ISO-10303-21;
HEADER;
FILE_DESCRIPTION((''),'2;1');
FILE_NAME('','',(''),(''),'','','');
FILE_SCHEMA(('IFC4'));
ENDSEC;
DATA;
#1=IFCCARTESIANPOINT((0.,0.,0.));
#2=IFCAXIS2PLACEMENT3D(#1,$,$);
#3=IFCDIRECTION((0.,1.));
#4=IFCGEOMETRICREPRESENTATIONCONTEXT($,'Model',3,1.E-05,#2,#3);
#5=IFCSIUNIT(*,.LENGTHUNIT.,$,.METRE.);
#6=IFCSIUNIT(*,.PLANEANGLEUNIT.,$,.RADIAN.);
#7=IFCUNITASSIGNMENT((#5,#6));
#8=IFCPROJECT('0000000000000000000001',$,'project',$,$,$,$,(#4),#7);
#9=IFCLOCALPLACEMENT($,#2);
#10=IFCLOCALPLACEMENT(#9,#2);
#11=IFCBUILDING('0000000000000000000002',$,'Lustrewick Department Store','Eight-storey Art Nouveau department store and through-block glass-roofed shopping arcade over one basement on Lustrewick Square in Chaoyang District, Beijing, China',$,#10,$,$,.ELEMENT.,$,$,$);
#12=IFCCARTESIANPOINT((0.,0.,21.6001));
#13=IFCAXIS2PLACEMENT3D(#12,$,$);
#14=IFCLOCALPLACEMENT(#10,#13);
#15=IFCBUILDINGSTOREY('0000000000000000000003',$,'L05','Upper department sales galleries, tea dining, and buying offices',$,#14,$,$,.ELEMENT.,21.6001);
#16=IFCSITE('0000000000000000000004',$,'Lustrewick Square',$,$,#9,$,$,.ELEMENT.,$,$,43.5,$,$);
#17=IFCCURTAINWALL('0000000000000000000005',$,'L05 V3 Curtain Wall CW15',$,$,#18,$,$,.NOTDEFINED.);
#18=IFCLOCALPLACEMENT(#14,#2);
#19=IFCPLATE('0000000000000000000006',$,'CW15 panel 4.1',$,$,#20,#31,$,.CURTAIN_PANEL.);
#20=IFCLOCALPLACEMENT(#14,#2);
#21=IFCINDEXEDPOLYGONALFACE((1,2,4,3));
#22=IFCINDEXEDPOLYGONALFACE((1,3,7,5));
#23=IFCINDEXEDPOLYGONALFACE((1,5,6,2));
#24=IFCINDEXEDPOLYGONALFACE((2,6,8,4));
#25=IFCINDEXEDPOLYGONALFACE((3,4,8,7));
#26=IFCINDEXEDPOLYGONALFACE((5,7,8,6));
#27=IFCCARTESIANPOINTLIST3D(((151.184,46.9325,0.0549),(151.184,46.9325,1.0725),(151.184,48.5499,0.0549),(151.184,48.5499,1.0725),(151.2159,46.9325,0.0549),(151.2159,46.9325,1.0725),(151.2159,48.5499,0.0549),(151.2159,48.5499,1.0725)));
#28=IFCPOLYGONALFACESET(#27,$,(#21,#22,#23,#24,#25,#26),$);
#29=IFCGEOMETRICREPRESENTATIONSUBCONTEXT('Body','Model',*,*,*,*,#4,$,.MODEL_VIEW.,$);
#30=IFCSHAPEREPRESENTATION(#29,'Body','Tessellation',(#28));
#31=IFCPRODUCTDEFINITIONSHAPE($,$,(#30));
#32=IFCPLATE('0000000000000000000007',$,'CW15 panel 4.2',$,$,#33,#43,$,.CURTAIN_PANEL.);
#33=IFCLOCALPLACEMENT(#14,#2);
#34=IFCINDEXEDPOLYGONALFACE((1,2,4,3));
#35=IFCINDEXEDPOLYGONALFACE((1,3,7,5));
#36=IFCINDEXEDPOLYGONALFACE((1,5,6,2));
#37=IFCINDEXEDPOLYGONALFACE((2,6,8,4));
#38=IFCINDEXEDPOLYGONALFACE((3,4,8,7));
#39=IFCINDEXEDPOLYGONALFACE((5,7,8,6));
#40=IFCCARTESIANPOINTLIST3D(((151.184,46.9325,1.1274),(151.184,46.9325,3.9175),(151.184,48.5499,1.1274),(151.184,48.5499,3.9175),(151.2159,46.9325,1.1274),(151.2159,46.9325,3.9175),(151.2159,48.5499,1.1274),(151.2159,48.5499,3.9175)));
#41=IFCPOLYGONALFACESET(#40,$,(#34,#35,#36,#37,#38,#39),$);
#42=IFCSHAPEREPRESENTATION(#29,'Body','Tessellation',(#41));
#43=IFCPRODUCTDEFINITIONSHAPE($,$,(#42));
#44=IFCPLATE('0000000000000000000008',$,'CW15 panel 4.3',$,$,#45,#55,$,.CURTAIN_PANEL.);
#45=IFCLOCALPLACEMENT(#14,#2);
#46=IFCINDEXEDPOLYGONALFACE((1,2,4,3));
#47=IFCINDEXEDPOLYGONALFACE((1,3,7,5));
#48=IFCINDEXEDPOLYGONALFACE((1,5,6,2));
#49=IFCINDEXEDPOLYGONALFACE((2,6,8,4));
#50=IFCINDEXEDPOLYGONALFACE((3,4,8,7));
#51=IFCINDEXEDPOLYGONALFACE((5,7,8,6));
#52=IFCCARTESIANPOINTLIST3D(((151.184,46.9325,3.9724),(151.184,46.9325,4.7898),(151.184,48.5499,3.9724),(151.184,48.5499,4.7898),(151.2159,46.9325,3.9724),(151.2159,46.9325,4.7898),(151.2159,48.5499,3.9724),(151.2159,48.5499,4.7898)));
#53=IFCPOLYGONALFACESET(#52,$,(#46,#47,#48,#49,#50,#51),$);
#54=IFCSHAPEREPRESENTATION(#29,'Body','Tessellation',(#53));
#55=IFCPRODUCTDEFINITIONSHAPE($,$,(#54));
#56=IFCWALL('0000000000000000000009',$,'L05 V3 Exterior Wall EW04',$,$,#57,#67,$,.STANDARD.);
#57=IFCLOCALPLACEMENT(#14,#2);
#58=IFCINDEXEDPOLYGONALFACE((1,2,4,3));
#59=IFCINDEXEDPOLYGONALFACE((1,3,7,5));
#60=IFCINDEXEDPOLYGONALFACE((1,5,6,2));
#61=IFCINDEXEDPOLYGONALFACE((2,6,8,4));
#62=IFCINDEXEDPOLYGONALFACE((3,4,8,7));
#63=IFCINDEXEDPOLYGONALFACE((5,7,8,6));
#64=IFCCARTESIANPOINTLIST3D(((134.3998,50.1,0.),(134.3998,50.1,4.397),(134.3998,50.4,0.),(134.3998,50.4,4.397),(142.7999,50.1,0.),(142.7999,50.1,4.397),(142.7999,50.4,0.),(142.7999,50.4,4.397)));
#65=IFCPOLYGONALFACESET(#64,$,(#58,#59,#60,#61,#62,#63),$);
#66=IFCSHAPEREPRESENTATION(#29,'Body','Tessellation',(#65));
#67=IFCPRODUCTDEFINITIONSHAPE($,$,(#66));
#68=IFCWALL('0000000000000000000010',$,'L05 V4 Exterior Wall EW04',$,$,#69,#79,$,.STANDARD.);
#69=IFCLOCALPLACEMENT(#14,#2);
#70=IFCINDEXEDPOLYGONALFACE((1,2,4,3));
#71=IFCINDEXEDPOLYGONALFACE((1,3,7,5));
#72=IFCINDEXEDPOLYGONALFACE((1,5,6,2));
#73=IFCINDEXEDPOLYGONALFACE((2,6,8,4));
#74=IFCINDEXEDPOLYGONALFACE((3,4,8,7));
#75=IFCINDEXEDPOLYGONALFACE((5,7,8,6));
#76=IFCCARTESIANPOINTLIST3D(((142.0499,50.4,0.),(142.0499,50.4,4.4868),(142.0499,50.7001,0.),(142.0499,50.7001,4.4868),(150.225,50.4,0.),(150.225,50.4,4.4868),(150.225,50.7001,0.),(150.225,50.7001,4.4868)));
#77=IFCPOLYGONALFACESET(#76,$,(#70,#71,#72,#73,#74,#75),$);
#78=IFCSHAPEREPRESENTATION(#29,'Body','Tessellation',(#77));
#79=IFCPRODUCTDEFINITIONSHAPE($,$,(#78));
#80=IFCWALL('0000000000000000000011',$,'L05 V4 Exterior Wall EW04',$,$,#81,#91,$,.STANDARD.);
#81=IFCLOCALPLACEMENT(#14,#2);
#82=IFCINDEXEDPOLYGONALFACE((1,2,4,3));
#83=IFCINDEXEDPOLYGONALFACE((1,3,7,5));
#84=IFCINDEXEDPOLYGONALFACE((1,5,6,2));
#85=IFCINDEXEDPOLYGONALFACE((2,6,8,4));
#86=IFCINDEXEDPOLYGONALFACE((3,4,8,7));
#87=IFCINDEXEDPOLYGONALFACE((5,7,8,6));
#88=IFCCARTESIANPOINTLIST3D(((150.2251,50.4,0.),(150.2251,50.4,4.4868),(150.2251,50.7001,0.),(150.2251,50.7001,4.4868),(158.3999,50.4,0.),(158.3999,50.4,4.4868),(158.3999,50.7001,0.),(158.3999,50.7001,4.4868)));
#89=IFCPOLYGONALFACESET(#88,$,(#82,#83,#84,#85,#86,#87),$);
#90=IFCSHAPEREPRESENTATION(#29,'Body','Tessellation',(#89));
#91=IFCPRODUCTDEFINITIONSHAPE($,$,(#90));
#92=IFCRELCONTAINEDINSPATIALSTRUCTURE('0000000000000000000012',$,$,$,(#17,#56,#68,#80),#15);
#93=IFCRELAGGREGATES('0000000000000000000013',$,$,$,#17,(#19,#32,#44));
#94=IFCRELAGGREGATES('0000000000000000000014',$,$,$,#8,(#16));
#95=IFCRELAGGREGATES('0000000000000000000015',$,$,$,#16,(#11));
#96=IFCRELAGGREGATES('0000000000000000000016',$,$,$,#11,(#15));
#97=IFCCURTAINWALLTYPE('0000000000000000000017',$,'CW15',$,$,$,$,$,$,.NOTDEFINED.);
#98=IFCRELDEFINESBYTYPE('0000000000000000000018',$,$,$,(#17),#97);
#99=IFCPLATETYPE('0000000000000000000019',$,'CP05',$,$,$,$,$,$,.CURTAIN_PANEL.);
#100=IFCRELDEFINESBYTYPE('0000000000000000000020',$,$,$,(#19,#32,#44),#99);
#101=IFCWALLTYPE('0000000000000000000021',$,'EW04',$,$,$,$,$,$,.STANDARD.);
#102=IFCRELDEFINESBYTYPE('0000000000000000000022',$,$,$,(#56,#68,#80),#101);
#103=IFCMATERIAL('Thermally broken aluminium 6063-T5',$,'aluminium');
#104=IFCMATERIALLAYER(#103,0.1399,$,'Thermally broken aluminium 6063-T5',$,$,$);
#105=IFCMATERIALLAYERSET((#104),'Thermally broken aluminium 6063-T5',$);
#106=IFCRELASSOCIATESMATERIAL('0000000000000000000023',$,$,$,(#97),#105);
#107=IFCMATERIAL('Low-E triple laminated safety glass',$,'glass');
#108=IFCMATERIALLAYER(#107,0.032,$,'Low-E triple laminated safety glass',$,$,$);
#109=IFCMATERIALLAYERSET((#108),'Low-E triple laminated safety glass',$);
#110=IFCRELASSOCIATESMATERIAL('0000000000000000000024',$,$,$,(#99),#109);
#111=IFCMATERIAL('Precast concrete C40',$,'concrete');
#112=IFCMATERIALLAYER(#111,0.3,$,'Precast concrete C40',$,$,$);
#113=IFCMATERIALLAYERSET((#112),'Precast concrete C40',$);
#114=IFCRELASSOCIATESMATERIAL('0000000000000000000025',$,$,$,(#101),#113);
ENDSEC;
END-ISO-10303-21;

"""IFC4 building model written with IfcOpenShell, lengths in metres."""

from ifc_helpers import new_model, si_unit, direction, frame, frame_2d, origin, origin_2d, place, context, subcontext, project, spatial, rectangle, extrude, material, layer, layer_set, type_object, element, aggregate, save


model = new_model("IFC4")

# Units and contexts
model_context = context("Model", 3, precision=1e-05, world=origin(), true_north=direction((0.0, 1.0)))
body_context = subcontext(model_context, "Body", "Model", "MODEL_VIEW")
ifc_project = project(units=[si_unit("LENGTHUNIT", "METRE"), si_unit("PLANEANGLEUNIT", "RADIAN")], contexts=[model_context])

# Site, building, storey
site_placement = place(None, origin())
site = spatial("IfcSite", under=ifc_project, at=site_placement, Name="Lustrewick Square", CompositionType="ELEMENT", RefElevation=43.5)
building_placement = place(site_placement, origin())
building = spatial("IfcBuilding", under=site, at=building_placement, Name="Lustrewick Department Store", Description="Eight-storey Art Nouveau department store and through-block glass-roofed shopping arcade over one basement on Lustrewick Square in Chaoyang District, Beijing, China", CompositionType="ELEMENT")
storey_placement = place(building_placement, frame((0.0, 0.0, 21.6001)))
storey = spatial("IfcBuildingStorey", under=building, at=storey_placement, Name="L05", Description="Upper department sales galleries, tea dining, and buying offices", CompositionType="ELEMENT", Elevation=21.6001)

# Curtain wall
ifc_material_1 = material(Name="Thermally broken aluminium 6063-T5", Category="aluminium")
ifc_layer_1 = layer(ifc_material_1, 0.1399, Name="Thermally broken aluminium 6063-T5")
ifc_layer_set_1 = layer_set([ifc_layer_1], Name="Thermally broken aluminium 6063-T5")
curtain_wall_type = type_object("IfcCurtainWallType", Name="CW15", PredefinedType="NOTDEFINED", material=ifc_layer_set_1)
curtain_wall_placement = place(storey_placement, origin())
curtain_wall = element("IfcCurtainWall", 1, at=curtain_wall_placement, inside=storey, type_object=curtain_wall_type, Name="L05 V3 Curtain Wall CW15", PredefinedType="NOTDEFINED")

# Plates
ifc_material_2 = material(Name="Low-E triple laminated safety glass", Category="glass")
ifc_layer_2 = layer(ifc_material_2, 0.032, Name="Low-E triple laminated safety glass")
ifc_layer_set_2 = layer_set([ifc_layer_2], Name="Low-E triple laminated safety glass")
plate_type = type_object("IfcPlateType", Name="CP05", PredefinedType="CURTAIN_PANEL", material=ifc_layer_set_2)
plate_1_placement = place(storey_placement, frame((151.2, 47.7412, 0.0549), z_axis=(0.0, 0.0, 1.0), x_axis=(0.0, 1.0, 0.0)))
plate_1 = element("IfcPlate", 2, at=plate_1_placement, type_object=plate_type, Name="CW15 panel 4.1", PredefinedType="CURTAIN_PANEL", context=body_context, shape_type="SweptSolid", body=[
    extrude(rectangle(XDim=1.6174, YDim=0.032, at=origin_2d()), origin(), (0.0, 0.0, 1.0), 1.0176),
])
plate_2_placement = place(storey_placement, frame((151.2, 47.7412, 1.1274), z_axis=(0.0, 0.0, 1.0), x_axis=(0.0, 1.0, 0.0)))
plate_2 = element("IfcPlate", 3, at=plate_2_placement, type_object=plate_type, Name="CW15 panel 4.2", PredefinedType="CURTAIN_PANEL", context=body_context, shape_type="SweptSolid", body=[
    extrude(rectangle(XDim=1.6174, YDim=0.032, at=origin_2d()), origin(), (0.0, 0.0, 1.0), 2.79),
])
plate_3_placement = place(storey_placement, frame((151.2, 47.7412, 3.9724), z_axis=(0.0, 0.0, 1.0), x_axis=(0.0, 1.0, 0.0)))
plate_3 = element("IfcPlate", 4, at=plate_3_placement, type_object=plate_type, Name="CW15 panel 4.3", PredefinedType="CURTAIN_PANEL", context=body_context, shape_type="SweptSolid", body=[
    extrude(rectangle(XDim=1.6174, YDim=0.032, at=origin_2d()), origin(), (0.0, 0.0, 1.0), 0.8174),
])
aggregate(curtain_wall, [plate_1, plate_2, plate_3])

# Walls
ifc_material_3 = material(Name="Precast concrete C40", Category="concrete")
ifc_layer_3 = layer(ifc_material_3, 0.3, Name="Precast concrete C40")
ifc_layer_set_3 = layer_set([ifc_layer_3], Name="Precast concrete C40")
wall_type_1 = type_object("IfcWallType", Name="EW04", PredefinedType="STANDARD", material=ifc_layer_set_3)
wall_1_placement = place(storey_placement, frame((142.8, 50.25, 0.0), z_axis=(0.0, 0.0, 1.0), x_axis=(-1.0, 0.0, 0.0)))
element("IfcWall", 5, at=wall_1_placement, inside=storey, type_object=wall_type_1, Name="L05 V3 Exterior Wall EW04", PredefinedType="STANDARD", context=body_context, shape_type="SweptSolid", body=[
    extrude(rectangle(XDim=8.4001, YDim=0.3, at=frame_2d((4.2002, 0.0))), origin(), (0.0, 0.0, 1.0), 4.397),
])
wall_2_placement = place(storey_placement, frame((142.05, 50.55, 0.0), z_axis=(0.0, 0.0, 1.0), x_axis=(1.0, 0.0, 0.0)))
element("IfcWall", 6, at=wall_2_placement, inside=storey, type_object=wall_type_1, Name="L05 V4 Exterior Wall EW04", PredefinedType="STANDARD", context=body_context, shape_type="SweptSolid", body=[
    extrude(rectangle(XDim=8.175, YDim=0.3, at=frame_2d((4.0874, 0.0))), origin(), (0.0, 0.0, 1.0), 4.4868),
])
wall_3_placement = place(storey_placement, frame((150.2251, 50.55, 0.0), z_axis=(0.0, 0.0, 1.0), x_axis=(1.0, 0.0, 0.0)))
element("IfcWall", 7, at=wall_3_placement, inside=storey, type_object=wall_type_1, Name="L05 V4 Exterior Wall EW04", PredefinedType="STANDARD", context=body_context, shape_type="SweptSolid", body=[
    extrude(rectangle(XDim=8.1748, YDim=0.3, at=frame_2d((4.0874, 0.0))), origin(), (0.0, 0.0, 1.0), 4.4868),
])

save(model, "model.ifc")
